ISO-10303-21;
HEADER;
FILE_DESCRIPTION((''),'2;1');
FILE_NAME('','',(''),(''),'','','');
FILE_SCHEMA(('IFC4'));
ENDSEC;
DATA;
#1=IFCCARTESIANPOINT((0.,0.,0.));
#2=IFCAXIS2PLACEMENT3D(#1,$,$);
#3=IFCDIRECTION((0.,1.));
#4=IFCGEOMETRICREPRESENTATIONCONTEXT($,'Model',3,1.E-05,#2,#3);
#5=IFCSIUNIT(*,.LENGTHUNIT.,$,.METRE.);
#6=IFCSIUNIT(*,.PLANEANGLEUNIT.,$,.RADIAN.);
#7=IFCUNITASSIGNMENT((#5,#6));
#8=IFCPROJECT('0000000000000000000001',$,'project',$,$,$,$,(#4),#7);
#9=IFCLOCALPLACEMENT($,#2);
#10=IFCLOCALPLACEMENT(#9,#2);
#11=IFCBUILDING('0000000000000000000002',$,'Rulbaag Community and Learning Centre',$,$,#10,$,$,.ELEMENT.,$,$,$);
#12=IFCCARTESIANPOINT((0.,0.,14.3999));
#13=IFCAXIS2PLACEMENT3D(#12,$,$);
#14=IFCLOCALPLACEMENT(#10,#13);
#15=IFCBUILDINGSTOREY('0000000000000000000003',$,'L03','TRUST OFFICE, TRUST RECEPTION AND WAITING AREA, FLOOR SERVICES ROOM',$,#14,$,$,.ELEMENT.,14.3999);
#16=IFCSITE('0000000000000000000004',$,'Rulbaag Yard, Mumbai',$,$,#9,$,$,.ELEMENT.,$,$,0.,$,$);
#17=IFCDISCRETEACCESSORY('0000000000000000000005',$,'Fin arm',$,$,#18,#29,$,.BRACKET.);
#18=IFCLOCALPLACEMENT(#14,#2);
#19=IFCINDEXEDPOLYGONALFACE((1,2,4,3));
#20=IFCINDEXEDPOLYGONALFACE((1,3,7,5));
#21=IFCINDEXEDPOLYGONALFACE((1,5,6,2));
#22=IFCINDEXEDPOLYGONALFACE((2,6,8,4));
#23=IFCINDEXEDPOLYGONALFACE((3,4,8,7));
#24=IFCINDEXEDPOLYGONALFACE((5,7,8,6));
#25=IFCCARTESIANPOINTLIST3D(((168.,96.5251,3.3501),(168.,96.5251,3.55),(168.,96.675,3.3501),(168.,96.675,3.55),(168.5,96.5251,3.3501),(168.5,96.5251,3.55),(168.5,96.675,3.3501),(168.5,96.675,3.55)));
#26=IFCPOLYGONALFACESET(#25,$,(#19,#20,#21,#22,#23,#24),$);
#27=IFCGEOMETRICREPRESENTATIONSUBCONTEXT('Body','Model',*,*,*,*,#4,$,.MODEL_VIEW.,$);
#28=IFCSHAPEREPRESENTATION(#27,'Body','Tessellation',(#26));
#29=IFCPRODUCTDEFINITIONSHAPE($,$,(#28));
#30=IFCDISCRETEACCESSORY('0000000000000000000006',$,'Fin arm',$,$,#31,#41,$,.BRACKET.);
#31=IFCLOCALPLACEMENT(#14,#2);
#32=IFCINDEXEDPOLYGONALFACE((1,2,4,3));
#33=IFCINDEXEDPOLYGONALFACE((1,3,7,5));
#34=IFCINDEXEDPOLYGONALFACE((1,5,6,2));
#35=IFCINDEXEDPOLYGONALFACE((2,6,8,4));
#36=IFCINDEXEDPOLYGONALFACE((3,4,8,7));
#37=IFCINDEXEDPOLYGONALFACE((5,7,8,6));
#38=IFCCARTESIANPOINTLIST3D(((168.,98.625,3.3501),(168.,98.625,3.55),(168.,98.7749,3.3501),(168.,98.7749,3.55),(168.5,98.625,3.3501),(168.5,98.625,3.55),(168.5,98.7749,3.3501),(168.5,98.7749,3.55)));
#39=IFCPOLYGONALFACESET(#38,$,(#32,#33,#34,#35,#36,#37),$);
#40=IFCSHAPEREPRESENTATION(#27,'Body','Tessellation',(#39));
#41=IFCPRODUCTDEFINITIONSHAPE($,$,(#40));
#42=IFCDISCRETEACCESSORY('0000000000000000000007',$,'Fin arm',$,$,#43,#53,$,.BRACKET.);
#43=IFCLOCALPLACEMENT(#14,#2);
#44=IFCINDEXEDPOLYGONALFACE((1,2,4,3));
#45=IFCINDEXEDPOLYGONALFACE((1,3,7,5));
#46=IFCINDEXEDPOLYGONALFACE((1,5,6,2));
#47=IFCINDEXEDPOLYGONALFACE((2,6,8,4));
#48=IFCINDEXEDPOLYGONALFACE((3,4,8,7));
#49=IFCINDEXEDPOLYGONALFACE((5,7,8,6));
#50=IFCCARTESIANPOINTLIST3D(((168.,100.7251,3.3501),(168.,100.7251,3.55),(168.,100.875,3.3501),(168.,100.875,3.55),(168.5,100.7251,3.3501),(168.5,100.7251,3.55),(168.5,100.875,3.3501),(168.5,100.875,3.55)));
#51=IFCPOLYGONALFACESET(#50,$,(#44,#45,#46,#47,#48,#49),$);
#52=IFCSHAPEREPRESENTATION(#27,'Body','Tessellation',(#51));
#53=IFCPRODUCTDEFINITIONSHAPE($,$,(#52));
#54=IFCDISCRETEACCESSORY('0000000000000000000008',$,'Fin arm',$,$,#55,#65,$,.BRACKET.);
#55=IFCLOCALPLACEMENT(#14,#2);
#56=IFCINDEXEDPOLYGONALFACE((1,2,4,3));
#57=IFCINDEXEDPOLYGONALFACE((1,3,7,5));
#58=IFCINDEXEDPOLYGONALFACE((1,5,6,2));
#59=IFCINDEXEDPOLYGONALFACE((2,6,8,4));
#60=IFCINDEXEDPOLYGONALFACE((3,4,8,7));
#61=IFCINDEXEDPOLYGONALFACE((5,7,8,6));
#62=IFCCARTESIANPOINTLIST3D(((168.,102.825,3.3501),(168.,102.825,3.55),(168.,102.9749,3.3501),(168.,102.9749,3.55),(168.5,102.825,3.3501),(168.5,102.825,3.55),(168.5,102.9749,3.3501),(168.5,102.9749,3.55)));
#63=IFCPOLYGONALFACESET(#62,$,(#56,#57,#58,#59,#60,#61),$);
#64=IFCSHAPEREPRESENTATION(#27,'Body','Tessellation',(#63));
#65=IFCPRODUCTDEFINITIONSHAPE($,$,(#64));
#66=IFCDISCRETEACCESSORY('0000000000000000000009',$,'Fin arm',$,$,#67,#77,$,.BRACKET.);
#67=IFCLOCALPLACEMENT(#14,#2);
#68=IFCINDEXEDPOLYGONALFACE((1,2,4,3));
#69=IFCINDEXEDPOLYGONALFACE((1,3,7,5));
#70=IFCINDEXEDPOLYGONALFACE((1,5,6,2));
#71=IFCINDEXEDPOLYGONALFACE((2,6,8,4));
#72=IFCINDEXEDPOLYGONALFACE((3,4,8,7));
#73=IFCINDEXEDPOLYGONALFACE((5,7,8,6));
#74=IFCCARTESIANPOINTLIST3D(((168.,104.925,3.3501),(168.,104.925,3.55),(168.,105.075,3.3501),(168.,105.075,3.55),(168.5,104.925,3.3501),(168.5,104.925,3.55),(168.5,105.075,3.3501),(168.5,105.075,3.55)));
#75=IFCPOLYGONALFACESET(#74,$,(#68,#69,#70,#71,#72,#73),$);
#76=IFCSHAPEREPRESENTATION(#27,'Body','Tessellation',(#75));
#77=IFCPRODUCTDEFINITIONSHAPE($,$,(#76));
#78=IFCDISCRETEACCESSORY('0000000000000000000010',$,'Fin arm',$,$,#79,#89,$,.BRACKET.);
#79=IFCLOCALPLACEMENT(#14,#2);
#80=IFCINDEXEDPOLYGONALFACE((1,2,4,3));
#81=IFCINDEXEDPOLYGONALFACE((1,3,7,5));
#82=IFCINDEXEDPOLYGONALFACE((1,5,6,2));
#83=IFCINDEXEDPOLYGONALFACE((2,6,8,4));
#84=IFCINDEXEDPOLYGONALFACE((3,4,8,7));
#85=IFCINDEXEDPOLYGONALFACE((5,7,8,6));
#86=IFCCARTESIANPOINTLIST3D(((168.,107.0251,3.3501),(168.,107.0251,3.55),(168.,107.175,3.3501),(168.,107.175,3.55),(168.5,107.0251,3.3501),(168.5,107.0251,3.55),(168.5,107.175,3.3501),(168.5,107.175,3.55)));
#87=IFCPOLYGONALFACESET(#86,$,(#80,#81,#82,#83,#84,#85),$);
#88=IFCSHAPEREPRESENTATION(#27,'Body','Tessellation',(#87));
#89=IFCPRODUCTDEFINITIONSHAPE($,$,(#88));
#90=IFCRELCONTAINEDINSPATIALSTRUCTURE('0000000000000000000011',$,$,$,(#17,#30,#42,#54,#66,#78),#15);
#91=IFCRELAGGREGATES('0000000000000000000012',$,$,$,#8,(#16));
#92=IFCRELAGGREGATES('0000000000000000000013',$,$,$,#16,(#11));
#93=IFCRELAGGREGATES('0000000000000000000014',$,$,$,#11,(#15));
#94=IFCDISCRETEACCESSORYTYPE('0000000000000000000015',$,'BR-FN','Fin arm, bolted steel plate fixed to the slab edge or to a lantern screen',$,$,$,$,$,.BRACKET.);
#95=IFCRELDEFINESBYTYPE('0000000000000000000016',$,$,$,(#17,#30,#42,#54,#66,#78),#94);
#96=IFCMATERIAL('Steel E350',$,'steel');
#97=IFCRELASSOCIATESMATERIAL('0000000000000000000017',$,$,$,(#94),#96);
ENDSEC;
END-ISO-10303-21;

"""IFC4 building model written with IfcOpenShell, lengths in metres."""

from ifc_helpers import new_model, si_unit, direction, frame, origin, origin_2d, place, context, subcontext, project, spatial, rectangle, extrude, material, type_object, element, save


model = new_model("IFC4")

# Units and contexts
model_context = context("Model", 3, precision=1e-05, world=origin(), true_north=direction((0.0, 1.0)))
body_context = subcontext(model_context, "Body", "Model", "MODEL_VIEW")
ifc_project = project(units=[si_unit("LENGTHUNIT", "METRE"), si_unit("PLANEANGLEUNIT", "RADIAN")], contexts=[model_context])

# Site, building, storey
site_placement = place(None, origin())
site = spatial("IfcSite", under=ifc_project, at=site_placement, Name="Rulbaag Yard, Mumbai", CompositionType="ELEMENT", RefElevation=0.0)
building_placement = place(site_placement, origin())
building = spatial("IfcBuilding", under=site, at=building_placement, Name="Rulbaag Community and Learning Centre", CompositionType="ELEMENT")
storey_placement = place(building_placement, frame((0.0, 0.0, 14.3999)))
storey = spatial("IfcBuildingStorey", under=building, at=storey_placement, Name="L03", Description="TRUST OFFICE, TRUST RECEPTION AND WAITING AREA, FLOOR SERVICES ROOM", CompositionType="ELEMENT", Elevation=14.3999)

# Discrete accessories
ifc_material_1 = material(Name="Steel E350", Category="steel")
discrete_accessory_type = type_object("IfcDiscreteAccessoryType", Name="BR-FN", Description="Fin arm, bolted steel plate fixed to the slab edge or to a lantern screen", PredefinedType="BRACKET", material=ifc_material_1)
for number, where, z_axis, x_axis, name in (
    (1, (168.25, 96.6001, 3.3501), (0.0, 0.0, 1.0), (1.0, 0.0, 0.0), "Fin arm"),
    (2, (168.25, 98.7, 3.3501), (0.0, 0.0, 1.0), (1.0, 0.0, 0.0), "Fin arm"),
    (3, (168.25, 100.8, 3.3501), (0.0, 0.0, 1.0), (1.0, 0.0, 0.0), "Fin arm"),
    (4, (168.25, 102.8999, 3.3501), (0.0, 0.0, 1.0), (1.0, 0.0, 0.0), "Fin arm"),
    (5, (168.25, 105.0, 3.3501), (0.0, 0.0, 1.0), (1.0, 0.0, 0.0), "Fin arm"),
    (6, (168.25, 107.1001, 3.3501), (0.0, 0.0, 1.0), (1.0, 0.0, 0.0), "Fin arm"),
):
    element("IfcDiscreteAccessory", number, at=place(storey_placement, frame(where, z_axis=z_axis, x_axis=x_axis)), inside=storey, type_object=discrete_accessory_type, Name=name, PredefinedType="BRACKET", context=body_context, shape_type="SweptSolid", body=[
        extrude(rectangle(XDim=0.5, YDim=0.1499, at=origin_2d()), origin(), (0.0, 0.0, 1.0), 0.2),
    ])

save(model, "model.ifc")
